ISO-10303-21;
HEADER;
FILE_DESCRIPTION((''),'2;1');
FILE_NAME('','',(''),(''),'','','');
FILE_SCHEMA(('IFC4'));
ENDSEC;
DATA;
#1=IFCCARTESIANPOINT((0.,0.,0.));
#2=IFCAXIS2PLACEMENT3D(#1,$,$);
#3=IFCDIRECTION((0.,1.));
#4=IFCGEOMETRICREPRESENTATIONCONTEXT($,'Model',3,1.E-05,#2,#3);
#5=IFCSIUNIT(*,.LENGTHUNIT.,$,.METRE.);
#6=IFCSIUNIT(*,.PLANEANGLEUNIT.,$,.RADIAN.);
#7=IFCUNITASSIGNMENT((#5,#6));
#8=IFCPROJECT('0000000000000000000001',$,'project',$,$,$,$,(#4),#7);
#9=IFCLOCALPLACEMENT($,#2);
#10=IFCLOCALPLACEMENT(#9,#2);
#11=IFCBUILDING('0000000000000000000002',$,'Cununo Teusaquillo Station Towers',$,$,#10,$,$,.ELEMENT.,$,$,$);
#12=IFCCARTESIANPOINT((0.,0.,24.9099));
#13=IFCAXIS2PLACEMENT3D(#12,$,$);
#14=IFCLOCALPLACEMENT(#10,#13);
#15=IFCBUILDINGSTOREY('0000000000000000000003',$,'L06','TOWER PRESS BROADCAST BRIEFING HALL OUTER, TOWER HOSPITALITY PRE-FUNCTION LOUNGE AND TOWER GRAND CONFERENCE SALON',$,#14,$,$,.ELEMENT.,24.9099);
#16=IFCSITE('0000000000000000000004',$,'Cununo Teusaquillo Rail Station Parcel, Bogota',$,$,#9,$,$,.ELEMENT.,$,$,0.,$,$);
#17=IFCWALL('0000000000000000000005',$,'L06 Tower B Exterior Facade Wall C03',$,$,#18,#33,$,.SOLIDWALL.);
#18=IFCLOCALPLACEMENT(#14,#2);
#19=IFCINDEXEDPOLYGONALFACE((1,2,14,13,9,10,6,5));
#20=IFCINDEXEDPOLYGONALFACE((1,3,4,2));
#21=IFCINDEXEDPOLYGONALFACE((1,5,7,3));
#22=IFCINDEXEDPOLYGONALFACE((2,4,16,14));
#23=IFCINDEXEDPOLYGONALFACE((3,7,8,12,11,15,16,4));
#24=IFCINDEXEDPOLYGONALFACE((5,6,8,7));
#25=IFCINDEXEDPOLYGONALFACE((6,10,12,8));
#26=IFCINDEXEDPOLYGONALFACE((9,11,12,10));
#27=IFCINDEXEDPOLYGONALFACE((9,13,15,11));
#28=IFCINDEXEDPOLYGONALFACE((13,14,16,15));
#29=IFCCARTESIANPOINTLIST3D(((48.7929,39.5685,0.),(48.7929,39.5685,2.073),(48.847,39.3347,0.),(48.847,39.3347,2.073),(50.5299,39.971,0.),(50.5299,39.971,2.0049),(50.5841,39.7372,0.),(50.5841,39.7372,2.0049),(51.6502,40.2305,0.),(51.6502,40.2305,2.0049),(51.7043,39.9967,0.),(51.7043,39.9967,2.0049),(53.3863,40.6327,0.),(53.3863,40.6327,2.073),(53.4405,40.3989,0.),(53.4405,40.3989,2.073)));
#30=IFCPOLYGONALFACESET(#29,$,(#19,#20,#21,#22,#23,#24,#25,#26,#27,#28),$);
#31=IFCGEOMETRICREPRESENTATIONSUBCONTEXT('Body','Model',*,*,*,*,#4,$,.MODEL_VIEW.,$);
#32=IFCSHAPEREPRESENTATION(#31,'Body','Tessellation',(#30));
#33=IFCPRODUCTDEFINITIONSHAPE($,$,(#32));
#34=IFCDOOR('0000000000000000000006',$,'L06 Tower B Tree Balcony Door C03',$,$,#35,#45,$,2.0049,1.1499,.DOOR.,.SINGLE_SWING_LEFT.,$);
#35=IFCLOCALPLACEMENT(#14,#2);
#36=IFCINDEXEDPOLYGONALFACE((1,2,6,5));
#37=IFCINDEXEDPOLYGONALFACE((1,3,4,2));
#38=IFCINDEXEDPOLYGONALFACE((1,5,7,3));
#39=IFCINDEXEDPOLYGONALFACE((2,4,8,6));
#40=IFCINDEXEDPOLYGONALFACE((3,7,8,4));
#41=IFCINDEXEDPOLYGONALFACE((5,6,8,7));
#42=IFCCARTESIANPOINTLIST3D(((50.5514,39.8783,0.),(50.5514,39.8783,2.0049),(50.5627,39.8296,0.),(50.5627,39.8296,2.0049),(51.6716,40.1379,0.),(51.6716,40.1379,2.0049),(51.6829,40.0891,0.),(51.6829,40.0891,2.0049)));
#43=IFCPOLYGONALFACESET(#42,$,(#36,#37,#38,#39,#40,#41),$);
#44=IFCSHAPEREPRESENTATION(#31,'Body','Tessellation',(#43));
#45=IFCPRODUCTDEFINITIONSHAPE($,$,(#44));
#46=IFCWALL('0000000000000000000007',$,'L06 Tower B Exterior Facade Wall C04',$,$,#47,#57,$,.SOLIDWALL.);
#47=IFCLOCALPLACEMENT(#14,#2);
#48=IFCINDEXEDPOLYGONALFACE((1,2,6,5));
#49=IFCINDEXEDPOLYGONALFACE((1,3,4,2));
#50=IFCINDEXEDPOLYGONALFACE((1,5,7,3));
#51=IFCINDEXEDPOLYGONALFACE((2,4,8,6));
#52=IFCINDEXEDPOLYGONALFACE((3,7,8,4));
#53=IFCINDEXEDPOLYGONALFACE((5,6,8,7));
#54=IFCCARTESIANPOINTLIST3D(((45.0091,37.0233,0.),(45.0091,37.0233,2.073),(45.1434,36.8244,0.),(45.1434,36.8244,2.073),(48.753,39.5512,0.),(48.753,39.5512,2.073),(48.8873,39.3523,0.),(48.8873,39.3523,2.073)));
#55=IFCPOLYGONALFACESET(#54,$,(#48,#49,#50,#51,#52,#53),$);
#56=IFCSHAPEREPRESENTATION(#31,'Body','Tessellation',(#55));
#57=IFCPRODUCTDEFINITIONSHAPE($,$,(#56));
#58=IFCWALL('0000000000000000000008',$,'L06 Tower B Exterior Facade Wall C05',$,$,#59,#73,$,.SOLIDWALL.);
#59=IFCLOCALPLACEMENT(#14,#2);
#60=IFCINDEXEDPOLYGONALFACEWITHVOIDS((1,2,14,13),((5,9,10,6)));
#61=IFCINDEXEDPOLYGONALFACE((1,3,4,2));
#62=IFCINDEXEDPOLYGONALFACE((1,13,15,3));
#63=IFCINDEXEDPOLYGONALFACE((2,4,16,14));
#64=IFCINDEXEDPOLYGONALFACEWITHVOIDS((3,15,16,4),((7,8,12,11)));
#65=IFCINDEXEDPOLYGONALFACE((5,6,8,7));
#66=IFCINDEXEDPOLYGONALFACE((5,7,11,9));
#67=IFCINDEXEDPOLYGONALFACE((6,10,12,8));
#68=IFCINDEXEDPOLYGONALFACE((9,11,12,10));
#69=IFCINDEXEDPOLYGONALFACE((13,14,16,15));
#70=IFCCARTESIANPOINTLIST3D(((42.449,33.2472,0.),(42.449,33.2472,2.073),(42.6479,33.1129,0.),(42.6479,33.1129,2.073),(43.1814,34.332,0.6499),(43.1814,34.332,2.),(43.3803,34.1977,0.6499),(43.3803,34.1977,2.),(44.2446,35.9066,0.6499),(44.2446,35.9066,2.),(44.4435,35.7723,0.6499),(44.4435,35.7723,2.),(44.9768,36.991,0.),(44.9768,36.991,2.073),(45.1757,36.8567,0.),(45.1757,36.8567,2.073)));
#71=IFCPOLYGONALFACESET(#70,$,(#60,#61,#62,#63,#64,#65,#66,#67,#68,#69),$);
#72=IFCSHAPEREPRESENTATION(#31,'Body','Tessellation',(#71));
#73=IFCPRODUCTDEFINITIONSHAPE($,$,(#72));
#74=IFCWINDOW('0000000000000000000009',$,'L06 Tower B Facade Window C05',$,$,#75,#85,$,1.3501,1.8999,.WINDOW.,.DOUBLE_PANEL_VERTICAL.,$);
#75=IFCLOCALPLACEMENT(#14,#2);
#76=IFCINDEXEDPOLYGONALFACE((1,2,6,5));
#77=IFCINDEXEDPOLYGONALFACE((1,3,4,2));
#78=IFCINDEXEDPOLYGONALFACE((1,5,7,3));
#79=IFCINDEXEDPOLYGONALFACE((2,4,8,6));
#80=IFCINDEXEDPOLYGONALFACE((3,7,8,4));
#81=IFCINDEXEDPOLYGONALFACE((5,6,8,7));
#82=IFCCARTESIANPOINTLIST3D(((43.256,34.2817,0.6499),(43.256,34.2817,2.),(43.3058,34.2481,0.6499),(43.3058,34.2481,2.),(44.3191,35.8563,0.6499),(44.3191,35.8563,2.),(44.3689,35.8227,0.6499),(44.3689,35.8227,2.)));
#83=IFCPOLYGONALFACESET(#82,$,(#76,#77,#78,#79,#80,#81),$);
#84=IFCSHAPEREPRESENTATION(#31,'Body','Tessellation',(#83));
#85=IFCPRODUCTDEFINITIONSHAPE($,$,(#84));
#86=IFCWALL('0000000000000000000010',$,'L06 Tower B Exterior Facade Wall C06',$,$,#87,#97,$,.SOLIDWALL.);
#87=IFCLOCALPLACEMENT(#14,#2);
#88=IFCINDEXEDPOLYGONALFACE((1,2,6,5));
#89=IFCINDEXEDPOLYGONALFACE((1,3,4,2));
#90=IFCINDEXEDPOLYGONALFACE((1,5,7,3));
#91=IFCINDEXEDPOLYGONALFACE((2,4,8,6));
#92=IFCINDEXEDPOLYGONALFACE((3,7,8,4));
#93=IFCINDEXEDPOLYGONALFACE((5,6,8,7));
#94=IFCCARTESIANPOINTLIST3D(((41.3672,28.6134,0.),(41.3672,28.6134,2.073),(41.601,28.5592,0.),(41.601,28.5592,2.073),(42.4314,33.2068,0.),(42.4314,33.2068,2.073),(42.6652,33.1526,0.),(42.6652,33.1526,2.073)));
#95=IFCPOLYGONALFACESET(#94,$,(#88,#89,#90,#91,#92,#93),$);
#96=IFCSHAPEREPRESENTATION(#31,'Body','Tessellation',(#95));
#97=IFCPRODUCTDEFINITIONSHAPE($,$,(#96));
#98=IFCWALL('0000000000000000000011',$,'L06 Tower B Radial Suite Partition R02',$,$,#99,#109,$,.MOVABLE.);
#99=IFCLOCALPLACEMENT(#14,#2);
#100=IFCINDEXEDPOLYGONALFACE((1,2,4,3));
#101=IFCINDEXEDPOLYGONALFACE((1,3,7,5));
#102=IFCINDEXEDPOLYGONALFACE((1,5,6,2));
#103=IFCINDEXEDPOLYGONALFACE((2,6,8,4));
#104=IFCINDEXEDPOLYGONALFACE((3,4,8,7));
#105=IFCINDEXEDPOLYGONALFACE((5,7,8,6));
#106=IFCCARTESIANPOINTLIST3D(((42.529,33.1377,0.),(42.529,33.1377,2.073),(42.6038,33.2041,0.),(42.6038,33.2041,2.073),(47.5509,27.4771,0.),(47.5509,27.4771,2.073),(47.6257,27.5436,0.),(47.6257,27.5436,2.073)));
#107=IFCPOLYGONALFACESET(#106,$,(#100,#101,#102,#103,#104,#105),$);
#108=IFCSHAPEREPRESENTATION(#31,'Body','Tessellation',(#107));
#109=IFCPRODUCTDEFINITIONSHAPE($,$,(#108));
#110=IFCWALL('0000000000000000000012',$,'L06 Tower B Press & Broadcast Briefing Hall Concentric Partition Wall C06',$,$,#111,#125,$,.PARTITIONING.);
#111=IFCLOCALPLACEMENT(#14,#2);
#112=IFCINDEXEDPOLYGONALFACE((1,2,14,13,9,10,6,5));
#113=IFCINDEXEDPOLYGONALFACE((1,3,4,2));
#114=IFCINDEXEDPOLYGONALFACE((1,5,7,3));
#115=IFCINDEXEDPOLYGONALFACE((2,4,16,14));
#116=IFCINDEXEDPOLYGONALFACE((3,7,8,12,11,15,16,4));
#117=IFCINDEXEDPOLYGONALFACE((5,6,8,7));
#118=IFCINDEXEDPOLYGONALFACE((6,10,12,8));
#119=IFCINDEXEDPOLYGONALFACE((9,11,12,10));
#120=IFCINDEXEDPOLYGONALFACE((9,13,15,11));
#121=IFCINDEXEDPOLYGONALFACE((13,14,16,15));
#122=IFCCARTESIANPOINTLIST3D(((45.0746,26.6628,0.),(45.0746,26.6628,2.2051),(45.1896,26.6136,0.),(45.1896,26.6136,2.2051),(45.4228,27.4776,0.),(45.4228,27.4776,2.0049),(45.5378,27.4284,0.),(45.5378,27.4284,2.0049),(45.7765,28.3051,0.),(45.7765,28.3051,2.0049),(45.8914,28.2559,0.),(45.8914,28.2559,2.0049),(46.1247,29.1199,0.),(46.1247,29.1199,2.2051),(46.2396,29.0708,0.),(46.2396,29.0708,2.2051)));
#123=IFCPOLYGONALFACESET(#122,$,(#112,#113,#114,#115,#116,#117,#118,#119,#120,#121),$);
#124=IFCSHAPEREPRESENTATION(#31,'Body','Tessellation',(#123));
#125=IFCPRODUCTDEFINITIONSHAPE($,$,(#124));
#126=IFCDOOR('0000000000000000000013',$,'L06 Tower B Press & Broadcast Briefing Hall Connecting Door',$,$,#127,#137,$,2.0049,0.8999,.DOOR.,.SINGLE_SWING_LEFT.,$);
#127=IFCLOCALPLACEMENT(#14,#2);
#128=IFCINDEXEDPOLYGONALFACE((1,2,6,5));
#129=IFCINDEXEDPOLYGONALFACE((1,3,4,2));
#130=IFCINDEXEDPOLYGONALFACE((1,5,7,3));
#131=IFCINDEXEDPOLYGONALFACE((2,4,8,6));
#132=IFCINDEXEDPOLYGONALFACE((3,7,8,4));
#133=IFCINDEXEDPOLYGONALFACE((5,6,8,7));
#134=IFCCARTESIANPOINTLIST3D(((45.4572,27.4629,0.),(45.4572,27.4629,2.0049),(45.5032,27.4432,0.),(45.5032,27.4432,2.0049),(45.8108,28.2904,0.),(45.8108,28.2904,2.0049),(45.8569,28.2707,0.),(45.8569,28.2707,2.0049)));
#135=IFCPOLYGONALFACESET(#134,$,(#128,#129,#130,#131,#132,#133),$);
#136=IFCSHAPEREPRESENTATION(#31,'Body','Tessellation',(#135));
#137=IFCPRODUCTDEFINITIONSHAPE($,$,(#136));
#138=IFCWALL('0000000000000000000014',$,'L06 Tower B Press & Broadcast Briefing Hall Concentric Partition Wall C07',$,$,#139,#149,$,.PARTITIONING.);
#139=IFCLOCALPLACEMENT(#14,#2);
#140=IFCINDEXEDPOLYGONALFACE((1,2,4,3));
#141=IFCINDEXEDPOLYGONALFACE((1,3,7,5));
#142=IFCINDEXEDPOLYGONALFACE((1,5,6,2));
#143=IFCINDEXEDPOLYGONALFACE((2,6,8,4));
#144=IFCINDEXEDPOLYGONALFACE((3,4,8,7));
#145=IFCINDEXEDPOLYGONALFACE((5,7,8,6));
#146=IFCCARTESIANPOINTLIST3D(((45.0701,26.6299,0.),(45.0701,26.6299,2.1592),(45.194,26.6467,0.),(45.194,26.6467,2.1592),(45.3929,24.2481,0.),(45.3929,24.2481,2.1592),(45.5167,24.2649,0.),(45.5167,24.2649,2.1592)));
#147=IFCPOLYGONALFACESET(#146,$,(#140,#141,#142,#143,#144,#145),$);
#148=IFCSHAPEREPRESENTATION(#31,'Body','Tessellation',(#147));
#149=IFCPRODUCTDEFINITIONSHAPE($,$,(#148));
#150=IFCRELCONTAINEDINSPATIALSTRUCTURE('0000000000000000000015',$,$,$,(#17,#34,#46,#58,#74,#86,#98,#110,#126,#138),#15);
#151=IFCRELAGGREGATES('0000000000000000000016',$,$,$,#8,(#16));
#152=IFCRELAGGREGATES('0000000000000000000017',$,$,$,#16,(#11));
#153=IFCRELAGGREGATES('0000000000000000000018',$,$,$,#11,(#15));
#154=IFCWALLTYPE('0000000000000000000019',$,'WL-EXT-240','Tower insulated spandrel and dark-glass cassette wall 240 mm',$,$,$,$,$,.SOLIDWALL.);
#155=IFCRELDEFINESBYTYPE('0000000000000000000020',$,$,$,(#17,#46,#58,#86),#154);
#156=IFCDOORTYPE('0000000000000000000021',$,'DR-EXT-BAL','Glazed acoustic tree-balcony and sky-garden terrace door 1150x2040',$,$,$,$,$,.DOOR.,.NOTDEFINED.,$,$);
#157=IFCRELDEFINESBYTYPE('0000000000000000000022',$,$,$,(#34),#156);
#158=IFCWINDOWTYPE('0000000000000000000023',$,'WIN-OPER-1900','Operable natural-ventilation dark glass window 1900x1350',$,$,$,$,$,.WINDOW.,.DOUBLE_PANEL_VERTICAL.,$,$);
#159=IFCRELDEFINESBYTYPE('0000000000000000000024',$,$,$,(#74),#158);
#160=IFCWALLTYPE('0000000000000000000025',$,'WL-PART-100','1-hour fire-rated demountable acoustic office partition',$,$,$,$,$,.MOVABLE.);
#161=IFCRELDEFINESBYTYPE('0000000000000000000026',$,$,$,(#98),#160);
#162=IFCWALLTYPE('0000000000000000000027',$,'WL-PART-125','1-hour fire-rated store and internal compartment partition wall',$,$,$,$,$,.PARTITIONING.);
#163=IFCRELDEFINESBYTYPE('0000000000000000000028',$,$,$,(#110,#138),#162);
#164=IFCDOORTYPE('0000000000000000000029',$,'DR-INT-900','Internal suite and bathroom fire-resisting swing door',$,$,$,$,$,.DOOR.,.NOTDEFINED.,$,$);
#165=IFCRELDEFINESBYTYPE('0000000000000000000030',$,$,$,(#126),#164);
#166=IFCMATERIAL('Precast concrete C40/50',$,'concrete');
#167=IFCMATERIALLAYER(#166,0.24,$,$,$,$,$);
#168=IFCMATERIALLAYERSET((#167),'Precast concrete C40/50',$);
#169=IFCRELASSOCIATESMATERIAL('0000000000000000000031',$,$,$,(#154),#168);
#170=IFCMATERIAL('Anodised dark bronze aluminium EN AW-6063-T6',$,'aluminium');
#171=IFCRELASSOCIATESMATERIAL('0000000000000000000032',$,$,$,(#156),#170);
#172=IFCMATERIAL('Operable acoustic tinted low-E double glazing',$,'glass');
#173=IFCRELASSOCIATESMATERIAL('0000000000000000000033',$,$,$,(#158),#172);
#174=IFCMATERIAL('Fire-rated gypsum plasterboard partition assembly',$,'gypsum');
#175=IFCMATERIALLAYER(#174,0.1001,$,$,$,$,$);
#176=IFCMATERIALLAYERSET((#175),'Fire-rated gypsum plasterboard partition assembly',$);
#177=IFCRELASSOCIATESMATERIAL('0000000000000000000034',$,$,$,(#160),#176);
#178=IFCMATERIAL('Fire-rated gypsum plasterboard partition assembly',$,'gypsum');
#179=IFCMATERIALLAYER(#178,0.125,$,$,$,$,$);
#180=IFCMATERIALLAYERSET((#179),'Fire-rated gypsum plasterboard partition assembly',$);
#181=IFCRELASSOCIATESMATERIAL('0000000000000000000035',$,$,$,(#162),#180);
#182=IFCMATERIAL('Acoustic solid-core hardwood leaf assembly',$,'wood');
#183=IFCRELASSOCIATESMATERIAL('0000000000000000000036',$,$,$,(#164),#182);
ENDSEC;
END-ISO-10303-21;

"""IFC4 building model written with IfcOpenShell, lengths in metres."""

from ifc_helpers import new_model, si_unit, direction, frame, frame_2d, origin, place, context, subcontext, project, spatial, rectangle, extrude, source, transform, mapped, material, layer, layer_set, type_object, element, fill, save


model = new_model("IFC4")

# Units and contexts
model_context = context("Model", 3, precision=1e-05, world=origin(), true_north=direction((0.0, 1.0)))
body_context = subcontext(model_context, "Body", "Model", "MODEL_VIEW")
ifc_project = project(units=[si_unit("LENGTHUNIT", "METRE"), si_unit("PLANEANGLEUNIT", "RADIAN")], contexts=[model_context])

# Site, building, storey
site_placement = place(None, origin())
site = spatial("IfcSite", under=ifc_project, at=site_placement, Name="Cununo Teusaquillo Rail Station Parcel, Bogota", CompositionType="ELEMENT", RefElevation=0.0)
building_placement = place(site_placement, origin())
building = spatial("IfcBuilding", under=site, at=building_placement, Name="Cununo Teusaquillo Station Towers", CompositionType="ELEMENT")
storey_placement = place(building_placement, frame((0.0, 0.0, 24.9099)))
storey = spatial("IfcBuildingStorey", under=building, at=storey_placement, Name="L06", Description="TOWER PRESS BROADCAST BRIEFING HALL OUTER, TOWER HOSPITALITY PRE-FUNCTION LOUNGE AND TOWER GRAND CONFERENCE SALON", CompositionType="ELEMENT", Elevation=24.9099)

# Wall, opening, door
ifc_material_1 = material(Name="Precast concrete C40/50", Category="concrete")
ifc_layer_1 = layer(ifc_material_1, 0.24)
ifc_layer_set_1 = layer_set([ifc_layer_1], Name="Precast concrete C40/50")
wall_type_1 = type_object("IfcWallType", Name="WL-EXT-240", Description="Tower insulated spandrel and dark-glass cassette wall 240 mm", PredefinedType="SOLIDWALL", material=ifc_layer_set_1)
wall_1_placement = place(storey_placement, frame((48.8201, 39.4517, 0.0), z_axis=(0.0, 0.0, 1.0), x_axis=(0.974197, 0.225699, 0.0)))
wall_1 = element("IfcWall", 1, at=wall_1_placement, inside=storey, type_object=wall_type_1, Name="L06 Tower B Exterior Facade Wall C03", PredefinedType="SOLIDWALL", context=body_context, shape_type="SweptSolid", body=[
    extrude(rectangle(XDim=4.7151, YDim=0.24, at=frame_2d((2.3574, 0.0))), origin(), (0.0, 0.0, 1.0), 2.073),
])
shared_shape_1 = source(origin(), body_context, "Body", "SweptSolid", [
    extrude(rectangle(XDim=1.1499, YDim=2.0049, at=frame_2d((0.575, 1.0024))), frame((0.0, 0.1299, 0.0), z_axis=(0.0, -1.0, 0.0), x_axis=(1.0, 0.0, 0.0)), (0.0, 0.0, 1.0), 0.26),
])
opening_1_placement = place(wall_1_placement, frame((1.783, 0.0, 0.0)))
opening_1 = element("IfcOpeningElement", 2, at=opening_1_placement, cuts=wall_1, PredefinedType="OPENING", context=body_context, shape_type="MappedRepresentation", body=[
    mapped(shared_shape_1, transform((0.0, 0.0, 0.0), x_axis=(1.0, 0.0, 0.0), y_axis=(0.0, 1.0, 0.0), z_axis=(0.0, 0.0, 1.0), scale=1.0)),
])
ifc_material_2 = material(Name="Anodised dark bronze aluminium EN AW-6063-T6", Category="aluminium")
door_type_1 = type_object("IfcDoorType", Name="DR-EXT-BAL", Description="Glazed acoustic tree-balcony and sky-garden terrace door 1150x2040", OperationType="NOTDEFINED", PredefinedType="DOOR", material=ifc_material_2)
shared_shape_2 = source(origin(), body_context, "Body", "SweptSolid", [
    extrude(rectangle(XDim=1.1499, YDim=2.0049, at=frame_2d((0.575, 1.0024))), frame((0.0, 0.0249, 0.0), z_axis=(0.0, -1.0, 0.0), x_axis=(1.0, 0.0, 0.0)), (0.0, 0.0, 1.0), 0.05),
])
door_1_placement = place(opening_1_placement, origin())
door_1 = element("IfcDoor", 3, at=door_1_placement, inside=storey, type_object=door_type_1, Name="L06 Tower B Tree Balcony Door C03", OperationType="SINGLE_SWING_LEFT", OverallHeight=2.0049, OverallWidth=1.1499, PredefinedType="DOOR", context=body_context, shape_type="MappedRepresentation", body=[
    mapped(shared_shape_2, transform((0.0, 0.0, 0.0), x_axis=(1.0, 0.0, 0.0), y_axis=(0.0, 1.0, 0.0), z_axis=(0.0, 0.0, 1.0), scale=1.0)),
])
fill(opening_1, door_1)

# Wall
wall_2_placement = place(storey_placement, frame((45.0762, 36.9238, 0.0), z_axis=(0.0, 0.0, 1.0), x_axis=(0.828777, 0.55958, 0.0)))
element("IfcWall", 4, at=wall_2_placement, inside=storey, type_object=wall_type_1, Name="L06 Tower B Exterior Facade Wall C04", PredefinedType="SOLIDWALL", context=body_context, shape_type="SweptSolid", body=[
    extrude(rectangle(XDim=4.5173, YDim=0.24, at=frame_2d((2.2588, 0.0))), origin(), (0.0, 0.0, 1.0), 2.073),
])

# Wall, opening, window
wall_3_placement = place(storey_placement, frame((42.5483, 33.1799, 0.0), z_axis=(0.0, 0.0, 1.0), x_axis=(0.55958, 0.828777, 0.0)))
wall_3 = element("IfcWall", 5, at=wall_3_placement, inside=storey, type_object=wall_type_1, Name="L06 Tower B Exterior Facade Wall C05", PredefinedType="SOLIDWALL", context=body_context, shape_type="SweptSolid", body=[
    extrude(rectangle(XDim=4.5173, YDim=0.24, at=frame_2d((2.2588, 0.0))), origin(), (0.0, 0.0, 1.0), 2.073),
])
shared_shape_3 = source(origin(), body_context, "Body", "SweptSolid", [
    extrude(rectangle(XDim=1.8999, YDim=1.3501, at=frame_2d((0.95, 0.675))), frame((0.0, 0.1299, 0.0), z_axis=(0.0, -1.0, 0.0), x_axis=(1.0, 0.0, 0.0)), (0.0, 0.0, 1.0), 0.26),
])
opening_2_placement = place(wall_3_placement, frame((1.3091, 0.0, 0.6499)))
opening_2 = element("IfcOpeningElement", 6, at=opening_2_placement, cuts=wall_3, PredefinedType="OPENING", context=body_context, shape_type="MappedRepresentation", body=[
    mapped(shared_shape_3, transform((0.0, 0.0, 0.0), x_axis=(1.0, 0.0, 0.0), y_axis=(0.0, 1.0, 0.0), z_axis=(0.0, 0.0, 1.0), scale=1.0)),
])
ifc_material_3 = material(Name="Operable acoustic tinted low-E double glazing", Category="glass")
window_type = type_object("IfcWindowType", Name="WIN-OPER-1900", Description="Operable natural-ventilation dark glass window 1900x1350", PartitioningType="DOUBLE_PANEL_VERTICAL", PredefinedType="WINDOW", material=ifc_material_3)
shared_shape_4 = source(origin(), body_context, "Body", "SweptSolid", [
    extrude(rectangle(XDim=1.8999, YDim=1.3501, at=frame_2d((0.95, 0.675))), frame((0.0, 0.03, 0.0), z_axis=(0.0, -1.0, 0.0), x_axis=(1.0, 0.0, 0.0)), (0.0, 0.0, 1.0), 0.0601),
])
window_placement = place(opening_2_placement, origin())
window = element("IfcWindow", 7, at=window_placement, inside=storey, type_object=window_type, Name="L06 Tower B Facade Window C05", OverallHeight=1.3501, OverallWidth=1.8999, PartitioningType="DOUBLE_PANEL_VERTICAL", PredefinedType="WINDOW", context=body_context, shape_type="MappedRepresentation", body=[
    mapped(shared_shape_4, transform((0.0, 0.0, 0.0), x_axis=(1.0, 0.0, 0.0), y_axis=(0.0, 1.0, 0.0), z_axis=(0.0, 0.0, 1.0), scale=1.0)),
])
fill(opening_2, window)

# Walls
wall_4_placement = place(storey_placement, frame((41.4841, 28.5864, 0.0), z_axis=(0.0, 0.0, 1.0), x_axis=(0.225699, 0.974197, 0.0)))
element("IfcWall", 8, at=wall_4_placement, inside=storey, type_object=wall_type_1, Name="L06 Tower B Exterior Facade Wall C06", PredefinedType="SOLIDWALL", context=body_context, shape_type="SweptSolid", body=[
    extrude(rectangle(XDim=4.7151, YDim=0.24, at=frame_2d((2.3574, 0.0))), origin(), (0.0, 0.0, 1.0), 2.073),
])
ifc_material_4 = material(Name="Fire-rated gypsum plasterboard partition assembly", Category="gypsum")
ifc_layer_2 = layer(ifc_material_4, 0.1001)
ifc_layer_set_2 = layer_set([ifc_layer_2], Name="Fire-rated gypsum plasterboard partition assembly")
wall_type_2 = type_object("IfcWallType", Name="WL-PART-100", Description="1-hour fire-rated demountable acoustic office partition", PredefinedType="MOVABLE", material=ifc_layer_set_2)
wall_5_placement = place(storey_placement, frame((47.5884, 27.5103, 0.0), z_axis=(0.0, 0.0, 1.0), x_axis=(-0.663647, 0.748046, 0.0)))
element("IfcWall", 9, at=wall_5_placement, inside=storey, type_object=wall_type_2, Name="L06 Tower B Radial Suite Partition R02", PredefinedType="MOVABLE", context=body_context, shape_type="SweptSolid", body=[
    extrude(rectangle(XDim=7.5671, YDim=0.1001, at=frame_2d((3.7837, 0.0))), origin(), (0.0, 0.0, 1.0), 2.073),
])

# Wall, opening, door
ifc_material_5 = material(Name="Fire-rated gypsum plasterboard partition assembly", Category="gypsum")
ifc_layer_3 = layer(ifc_material_5, 0.125)
ifc_layer_set_3 = layer_set([ifc_layer_3], Name="Fire-rated gypsum plasterboard partition assembly")
wall_type_3 = type_object("IfcWallType", Name="WL-PART-125", Description="1-hour fire-rated store and internal compartment partition wall", PredefinedType="PARTITIONING", material=ifc_layer_set_3)
wall_6_placement = place(storey_placement, frame((46.1821, 29.0952, 0.0), z_axis=(0.0, 0.0, 1.0), x_axis=(-0.392982, -0.919546, 0.0)))
wall_6 = element("IfcWall", 10, at=wall_6_placement, inside=storey, type_object=wall_type_3, Name="L06 Tower B Press & Broadcast Briefing Hall Concentric Partition Wall C06", PredefinedType="PARTITIONING", context=body_context, shape_type="SweptSolid", body=[
    extrude(rectangle(XDim=2.6721, YDim=0.125, at=frame_2d((1.3359, 0.0))), origin(), (0.0, 0.0, 1.0), 2.2051),
])
shared_shape_5 = source(origin(), body_context, "Body", "SweptSolid", [
    extrude(rectangle(XDim=0.8999, YDim=2.0049, at=frame_2d((0.45, 1.0024))), frame((0.0, 0.0725, 0.0), z_axis=(0.0, -1.0, 0.0), x_axis=(1.0, 0.0, 0.0)), (0.0, 0.0, 1.0), 0.145),
])
opening_3_placement = place(wall_6_placement, frame((0.886, 0.0, 0.0)))
opening_3 = element("IfcOpeningElement", 11, at=opening_3_placement, cuts=wall_6, PredefinedType="OPENING", context=body_context, shape_type="MappedRepresentation", body=[
    mapped(shared_shape_5, transform((0.0, 0.0, 0.0), x_axis=(1.0, 0.0, 0.0), y_axis=(0.0, 1.0, 0.0), z_axis=(0.0, 0.0, 1.0), scale=1.0)),
])
ifc_material_6 = material(Name="Acoustic solid-core hardwood leaf assembly", Category="wood")
door_type_2 = type_object("IfcDoorType", Name="DR-INT-900", Description="Internal suite and bathroom fire-resisting swing door", OperationType="NOTDEFINED", PredefinedType="DOOR", material=ifc_material_6)
shared_shape_6 = source(origin(), body_context, "Body", "SweptSolid", [
    extrude(rectangle(XDim=0.8999, YDim=2.0049, at=frame_2d((0.45, 1.0024))), frame((0.0, 0.0249, 0.0), z_axis=(0.0, -1.0, 0.0), x_axis=(1.0, 0.0, 0.0)), (0.0, 0.0, 1.0), 0.05),
])
door_2_placement = place(opening_3_placement, origin())
door_2 = element("IfcDoor", 12, at=door_2_placement, inside=storey, type_object=door_type_2, Name="L06 Tower B Press & Broadcast Briefing Hall Connecting Door", OperationType="SINGLE_SWING_LEFT", OverallHeight=2.0049, OverallWidth=0.8999, PredefinedType="DOOR", context=body_context, shape_type="MappedRepresentation", body=[
    mapped(shared_shape_6, transform((0.0, 0.0, 0.0), x_axis=(1.0, 0.0, 0.0), y_axis=(0.0, 1.0, 0.0), z_axis=(0.0, 0.0, 1.0), scale=1.0)),
])
fill(opening_3, door_2)

# Wall
wall_7_placement = place(storey_placement, frame((45.1321, 26.6382, 0.0), z_axis=(0.0, 0.0, 1.0), x_axis=(0.134279, -0.990944, 0.0)))
element("IfcWall", 13, at=wall_7_placement, inside=storey, type_object=wall_type_3, Name="L06 Tower B Press & Broadcast Briefing Hall Concentric Partition Wall C07", PredefinedType="PARTITIONING", context=body_context, shape_type="SweptSolid", body=[
    extrude(rectangle(XDim=2.4036, YDim=0.125, at=frame_2d((1.2017, 0.0))), origin(), (0.0, 0.0, 1.0), 2.1592),
])

save(model, "model.ifc")
